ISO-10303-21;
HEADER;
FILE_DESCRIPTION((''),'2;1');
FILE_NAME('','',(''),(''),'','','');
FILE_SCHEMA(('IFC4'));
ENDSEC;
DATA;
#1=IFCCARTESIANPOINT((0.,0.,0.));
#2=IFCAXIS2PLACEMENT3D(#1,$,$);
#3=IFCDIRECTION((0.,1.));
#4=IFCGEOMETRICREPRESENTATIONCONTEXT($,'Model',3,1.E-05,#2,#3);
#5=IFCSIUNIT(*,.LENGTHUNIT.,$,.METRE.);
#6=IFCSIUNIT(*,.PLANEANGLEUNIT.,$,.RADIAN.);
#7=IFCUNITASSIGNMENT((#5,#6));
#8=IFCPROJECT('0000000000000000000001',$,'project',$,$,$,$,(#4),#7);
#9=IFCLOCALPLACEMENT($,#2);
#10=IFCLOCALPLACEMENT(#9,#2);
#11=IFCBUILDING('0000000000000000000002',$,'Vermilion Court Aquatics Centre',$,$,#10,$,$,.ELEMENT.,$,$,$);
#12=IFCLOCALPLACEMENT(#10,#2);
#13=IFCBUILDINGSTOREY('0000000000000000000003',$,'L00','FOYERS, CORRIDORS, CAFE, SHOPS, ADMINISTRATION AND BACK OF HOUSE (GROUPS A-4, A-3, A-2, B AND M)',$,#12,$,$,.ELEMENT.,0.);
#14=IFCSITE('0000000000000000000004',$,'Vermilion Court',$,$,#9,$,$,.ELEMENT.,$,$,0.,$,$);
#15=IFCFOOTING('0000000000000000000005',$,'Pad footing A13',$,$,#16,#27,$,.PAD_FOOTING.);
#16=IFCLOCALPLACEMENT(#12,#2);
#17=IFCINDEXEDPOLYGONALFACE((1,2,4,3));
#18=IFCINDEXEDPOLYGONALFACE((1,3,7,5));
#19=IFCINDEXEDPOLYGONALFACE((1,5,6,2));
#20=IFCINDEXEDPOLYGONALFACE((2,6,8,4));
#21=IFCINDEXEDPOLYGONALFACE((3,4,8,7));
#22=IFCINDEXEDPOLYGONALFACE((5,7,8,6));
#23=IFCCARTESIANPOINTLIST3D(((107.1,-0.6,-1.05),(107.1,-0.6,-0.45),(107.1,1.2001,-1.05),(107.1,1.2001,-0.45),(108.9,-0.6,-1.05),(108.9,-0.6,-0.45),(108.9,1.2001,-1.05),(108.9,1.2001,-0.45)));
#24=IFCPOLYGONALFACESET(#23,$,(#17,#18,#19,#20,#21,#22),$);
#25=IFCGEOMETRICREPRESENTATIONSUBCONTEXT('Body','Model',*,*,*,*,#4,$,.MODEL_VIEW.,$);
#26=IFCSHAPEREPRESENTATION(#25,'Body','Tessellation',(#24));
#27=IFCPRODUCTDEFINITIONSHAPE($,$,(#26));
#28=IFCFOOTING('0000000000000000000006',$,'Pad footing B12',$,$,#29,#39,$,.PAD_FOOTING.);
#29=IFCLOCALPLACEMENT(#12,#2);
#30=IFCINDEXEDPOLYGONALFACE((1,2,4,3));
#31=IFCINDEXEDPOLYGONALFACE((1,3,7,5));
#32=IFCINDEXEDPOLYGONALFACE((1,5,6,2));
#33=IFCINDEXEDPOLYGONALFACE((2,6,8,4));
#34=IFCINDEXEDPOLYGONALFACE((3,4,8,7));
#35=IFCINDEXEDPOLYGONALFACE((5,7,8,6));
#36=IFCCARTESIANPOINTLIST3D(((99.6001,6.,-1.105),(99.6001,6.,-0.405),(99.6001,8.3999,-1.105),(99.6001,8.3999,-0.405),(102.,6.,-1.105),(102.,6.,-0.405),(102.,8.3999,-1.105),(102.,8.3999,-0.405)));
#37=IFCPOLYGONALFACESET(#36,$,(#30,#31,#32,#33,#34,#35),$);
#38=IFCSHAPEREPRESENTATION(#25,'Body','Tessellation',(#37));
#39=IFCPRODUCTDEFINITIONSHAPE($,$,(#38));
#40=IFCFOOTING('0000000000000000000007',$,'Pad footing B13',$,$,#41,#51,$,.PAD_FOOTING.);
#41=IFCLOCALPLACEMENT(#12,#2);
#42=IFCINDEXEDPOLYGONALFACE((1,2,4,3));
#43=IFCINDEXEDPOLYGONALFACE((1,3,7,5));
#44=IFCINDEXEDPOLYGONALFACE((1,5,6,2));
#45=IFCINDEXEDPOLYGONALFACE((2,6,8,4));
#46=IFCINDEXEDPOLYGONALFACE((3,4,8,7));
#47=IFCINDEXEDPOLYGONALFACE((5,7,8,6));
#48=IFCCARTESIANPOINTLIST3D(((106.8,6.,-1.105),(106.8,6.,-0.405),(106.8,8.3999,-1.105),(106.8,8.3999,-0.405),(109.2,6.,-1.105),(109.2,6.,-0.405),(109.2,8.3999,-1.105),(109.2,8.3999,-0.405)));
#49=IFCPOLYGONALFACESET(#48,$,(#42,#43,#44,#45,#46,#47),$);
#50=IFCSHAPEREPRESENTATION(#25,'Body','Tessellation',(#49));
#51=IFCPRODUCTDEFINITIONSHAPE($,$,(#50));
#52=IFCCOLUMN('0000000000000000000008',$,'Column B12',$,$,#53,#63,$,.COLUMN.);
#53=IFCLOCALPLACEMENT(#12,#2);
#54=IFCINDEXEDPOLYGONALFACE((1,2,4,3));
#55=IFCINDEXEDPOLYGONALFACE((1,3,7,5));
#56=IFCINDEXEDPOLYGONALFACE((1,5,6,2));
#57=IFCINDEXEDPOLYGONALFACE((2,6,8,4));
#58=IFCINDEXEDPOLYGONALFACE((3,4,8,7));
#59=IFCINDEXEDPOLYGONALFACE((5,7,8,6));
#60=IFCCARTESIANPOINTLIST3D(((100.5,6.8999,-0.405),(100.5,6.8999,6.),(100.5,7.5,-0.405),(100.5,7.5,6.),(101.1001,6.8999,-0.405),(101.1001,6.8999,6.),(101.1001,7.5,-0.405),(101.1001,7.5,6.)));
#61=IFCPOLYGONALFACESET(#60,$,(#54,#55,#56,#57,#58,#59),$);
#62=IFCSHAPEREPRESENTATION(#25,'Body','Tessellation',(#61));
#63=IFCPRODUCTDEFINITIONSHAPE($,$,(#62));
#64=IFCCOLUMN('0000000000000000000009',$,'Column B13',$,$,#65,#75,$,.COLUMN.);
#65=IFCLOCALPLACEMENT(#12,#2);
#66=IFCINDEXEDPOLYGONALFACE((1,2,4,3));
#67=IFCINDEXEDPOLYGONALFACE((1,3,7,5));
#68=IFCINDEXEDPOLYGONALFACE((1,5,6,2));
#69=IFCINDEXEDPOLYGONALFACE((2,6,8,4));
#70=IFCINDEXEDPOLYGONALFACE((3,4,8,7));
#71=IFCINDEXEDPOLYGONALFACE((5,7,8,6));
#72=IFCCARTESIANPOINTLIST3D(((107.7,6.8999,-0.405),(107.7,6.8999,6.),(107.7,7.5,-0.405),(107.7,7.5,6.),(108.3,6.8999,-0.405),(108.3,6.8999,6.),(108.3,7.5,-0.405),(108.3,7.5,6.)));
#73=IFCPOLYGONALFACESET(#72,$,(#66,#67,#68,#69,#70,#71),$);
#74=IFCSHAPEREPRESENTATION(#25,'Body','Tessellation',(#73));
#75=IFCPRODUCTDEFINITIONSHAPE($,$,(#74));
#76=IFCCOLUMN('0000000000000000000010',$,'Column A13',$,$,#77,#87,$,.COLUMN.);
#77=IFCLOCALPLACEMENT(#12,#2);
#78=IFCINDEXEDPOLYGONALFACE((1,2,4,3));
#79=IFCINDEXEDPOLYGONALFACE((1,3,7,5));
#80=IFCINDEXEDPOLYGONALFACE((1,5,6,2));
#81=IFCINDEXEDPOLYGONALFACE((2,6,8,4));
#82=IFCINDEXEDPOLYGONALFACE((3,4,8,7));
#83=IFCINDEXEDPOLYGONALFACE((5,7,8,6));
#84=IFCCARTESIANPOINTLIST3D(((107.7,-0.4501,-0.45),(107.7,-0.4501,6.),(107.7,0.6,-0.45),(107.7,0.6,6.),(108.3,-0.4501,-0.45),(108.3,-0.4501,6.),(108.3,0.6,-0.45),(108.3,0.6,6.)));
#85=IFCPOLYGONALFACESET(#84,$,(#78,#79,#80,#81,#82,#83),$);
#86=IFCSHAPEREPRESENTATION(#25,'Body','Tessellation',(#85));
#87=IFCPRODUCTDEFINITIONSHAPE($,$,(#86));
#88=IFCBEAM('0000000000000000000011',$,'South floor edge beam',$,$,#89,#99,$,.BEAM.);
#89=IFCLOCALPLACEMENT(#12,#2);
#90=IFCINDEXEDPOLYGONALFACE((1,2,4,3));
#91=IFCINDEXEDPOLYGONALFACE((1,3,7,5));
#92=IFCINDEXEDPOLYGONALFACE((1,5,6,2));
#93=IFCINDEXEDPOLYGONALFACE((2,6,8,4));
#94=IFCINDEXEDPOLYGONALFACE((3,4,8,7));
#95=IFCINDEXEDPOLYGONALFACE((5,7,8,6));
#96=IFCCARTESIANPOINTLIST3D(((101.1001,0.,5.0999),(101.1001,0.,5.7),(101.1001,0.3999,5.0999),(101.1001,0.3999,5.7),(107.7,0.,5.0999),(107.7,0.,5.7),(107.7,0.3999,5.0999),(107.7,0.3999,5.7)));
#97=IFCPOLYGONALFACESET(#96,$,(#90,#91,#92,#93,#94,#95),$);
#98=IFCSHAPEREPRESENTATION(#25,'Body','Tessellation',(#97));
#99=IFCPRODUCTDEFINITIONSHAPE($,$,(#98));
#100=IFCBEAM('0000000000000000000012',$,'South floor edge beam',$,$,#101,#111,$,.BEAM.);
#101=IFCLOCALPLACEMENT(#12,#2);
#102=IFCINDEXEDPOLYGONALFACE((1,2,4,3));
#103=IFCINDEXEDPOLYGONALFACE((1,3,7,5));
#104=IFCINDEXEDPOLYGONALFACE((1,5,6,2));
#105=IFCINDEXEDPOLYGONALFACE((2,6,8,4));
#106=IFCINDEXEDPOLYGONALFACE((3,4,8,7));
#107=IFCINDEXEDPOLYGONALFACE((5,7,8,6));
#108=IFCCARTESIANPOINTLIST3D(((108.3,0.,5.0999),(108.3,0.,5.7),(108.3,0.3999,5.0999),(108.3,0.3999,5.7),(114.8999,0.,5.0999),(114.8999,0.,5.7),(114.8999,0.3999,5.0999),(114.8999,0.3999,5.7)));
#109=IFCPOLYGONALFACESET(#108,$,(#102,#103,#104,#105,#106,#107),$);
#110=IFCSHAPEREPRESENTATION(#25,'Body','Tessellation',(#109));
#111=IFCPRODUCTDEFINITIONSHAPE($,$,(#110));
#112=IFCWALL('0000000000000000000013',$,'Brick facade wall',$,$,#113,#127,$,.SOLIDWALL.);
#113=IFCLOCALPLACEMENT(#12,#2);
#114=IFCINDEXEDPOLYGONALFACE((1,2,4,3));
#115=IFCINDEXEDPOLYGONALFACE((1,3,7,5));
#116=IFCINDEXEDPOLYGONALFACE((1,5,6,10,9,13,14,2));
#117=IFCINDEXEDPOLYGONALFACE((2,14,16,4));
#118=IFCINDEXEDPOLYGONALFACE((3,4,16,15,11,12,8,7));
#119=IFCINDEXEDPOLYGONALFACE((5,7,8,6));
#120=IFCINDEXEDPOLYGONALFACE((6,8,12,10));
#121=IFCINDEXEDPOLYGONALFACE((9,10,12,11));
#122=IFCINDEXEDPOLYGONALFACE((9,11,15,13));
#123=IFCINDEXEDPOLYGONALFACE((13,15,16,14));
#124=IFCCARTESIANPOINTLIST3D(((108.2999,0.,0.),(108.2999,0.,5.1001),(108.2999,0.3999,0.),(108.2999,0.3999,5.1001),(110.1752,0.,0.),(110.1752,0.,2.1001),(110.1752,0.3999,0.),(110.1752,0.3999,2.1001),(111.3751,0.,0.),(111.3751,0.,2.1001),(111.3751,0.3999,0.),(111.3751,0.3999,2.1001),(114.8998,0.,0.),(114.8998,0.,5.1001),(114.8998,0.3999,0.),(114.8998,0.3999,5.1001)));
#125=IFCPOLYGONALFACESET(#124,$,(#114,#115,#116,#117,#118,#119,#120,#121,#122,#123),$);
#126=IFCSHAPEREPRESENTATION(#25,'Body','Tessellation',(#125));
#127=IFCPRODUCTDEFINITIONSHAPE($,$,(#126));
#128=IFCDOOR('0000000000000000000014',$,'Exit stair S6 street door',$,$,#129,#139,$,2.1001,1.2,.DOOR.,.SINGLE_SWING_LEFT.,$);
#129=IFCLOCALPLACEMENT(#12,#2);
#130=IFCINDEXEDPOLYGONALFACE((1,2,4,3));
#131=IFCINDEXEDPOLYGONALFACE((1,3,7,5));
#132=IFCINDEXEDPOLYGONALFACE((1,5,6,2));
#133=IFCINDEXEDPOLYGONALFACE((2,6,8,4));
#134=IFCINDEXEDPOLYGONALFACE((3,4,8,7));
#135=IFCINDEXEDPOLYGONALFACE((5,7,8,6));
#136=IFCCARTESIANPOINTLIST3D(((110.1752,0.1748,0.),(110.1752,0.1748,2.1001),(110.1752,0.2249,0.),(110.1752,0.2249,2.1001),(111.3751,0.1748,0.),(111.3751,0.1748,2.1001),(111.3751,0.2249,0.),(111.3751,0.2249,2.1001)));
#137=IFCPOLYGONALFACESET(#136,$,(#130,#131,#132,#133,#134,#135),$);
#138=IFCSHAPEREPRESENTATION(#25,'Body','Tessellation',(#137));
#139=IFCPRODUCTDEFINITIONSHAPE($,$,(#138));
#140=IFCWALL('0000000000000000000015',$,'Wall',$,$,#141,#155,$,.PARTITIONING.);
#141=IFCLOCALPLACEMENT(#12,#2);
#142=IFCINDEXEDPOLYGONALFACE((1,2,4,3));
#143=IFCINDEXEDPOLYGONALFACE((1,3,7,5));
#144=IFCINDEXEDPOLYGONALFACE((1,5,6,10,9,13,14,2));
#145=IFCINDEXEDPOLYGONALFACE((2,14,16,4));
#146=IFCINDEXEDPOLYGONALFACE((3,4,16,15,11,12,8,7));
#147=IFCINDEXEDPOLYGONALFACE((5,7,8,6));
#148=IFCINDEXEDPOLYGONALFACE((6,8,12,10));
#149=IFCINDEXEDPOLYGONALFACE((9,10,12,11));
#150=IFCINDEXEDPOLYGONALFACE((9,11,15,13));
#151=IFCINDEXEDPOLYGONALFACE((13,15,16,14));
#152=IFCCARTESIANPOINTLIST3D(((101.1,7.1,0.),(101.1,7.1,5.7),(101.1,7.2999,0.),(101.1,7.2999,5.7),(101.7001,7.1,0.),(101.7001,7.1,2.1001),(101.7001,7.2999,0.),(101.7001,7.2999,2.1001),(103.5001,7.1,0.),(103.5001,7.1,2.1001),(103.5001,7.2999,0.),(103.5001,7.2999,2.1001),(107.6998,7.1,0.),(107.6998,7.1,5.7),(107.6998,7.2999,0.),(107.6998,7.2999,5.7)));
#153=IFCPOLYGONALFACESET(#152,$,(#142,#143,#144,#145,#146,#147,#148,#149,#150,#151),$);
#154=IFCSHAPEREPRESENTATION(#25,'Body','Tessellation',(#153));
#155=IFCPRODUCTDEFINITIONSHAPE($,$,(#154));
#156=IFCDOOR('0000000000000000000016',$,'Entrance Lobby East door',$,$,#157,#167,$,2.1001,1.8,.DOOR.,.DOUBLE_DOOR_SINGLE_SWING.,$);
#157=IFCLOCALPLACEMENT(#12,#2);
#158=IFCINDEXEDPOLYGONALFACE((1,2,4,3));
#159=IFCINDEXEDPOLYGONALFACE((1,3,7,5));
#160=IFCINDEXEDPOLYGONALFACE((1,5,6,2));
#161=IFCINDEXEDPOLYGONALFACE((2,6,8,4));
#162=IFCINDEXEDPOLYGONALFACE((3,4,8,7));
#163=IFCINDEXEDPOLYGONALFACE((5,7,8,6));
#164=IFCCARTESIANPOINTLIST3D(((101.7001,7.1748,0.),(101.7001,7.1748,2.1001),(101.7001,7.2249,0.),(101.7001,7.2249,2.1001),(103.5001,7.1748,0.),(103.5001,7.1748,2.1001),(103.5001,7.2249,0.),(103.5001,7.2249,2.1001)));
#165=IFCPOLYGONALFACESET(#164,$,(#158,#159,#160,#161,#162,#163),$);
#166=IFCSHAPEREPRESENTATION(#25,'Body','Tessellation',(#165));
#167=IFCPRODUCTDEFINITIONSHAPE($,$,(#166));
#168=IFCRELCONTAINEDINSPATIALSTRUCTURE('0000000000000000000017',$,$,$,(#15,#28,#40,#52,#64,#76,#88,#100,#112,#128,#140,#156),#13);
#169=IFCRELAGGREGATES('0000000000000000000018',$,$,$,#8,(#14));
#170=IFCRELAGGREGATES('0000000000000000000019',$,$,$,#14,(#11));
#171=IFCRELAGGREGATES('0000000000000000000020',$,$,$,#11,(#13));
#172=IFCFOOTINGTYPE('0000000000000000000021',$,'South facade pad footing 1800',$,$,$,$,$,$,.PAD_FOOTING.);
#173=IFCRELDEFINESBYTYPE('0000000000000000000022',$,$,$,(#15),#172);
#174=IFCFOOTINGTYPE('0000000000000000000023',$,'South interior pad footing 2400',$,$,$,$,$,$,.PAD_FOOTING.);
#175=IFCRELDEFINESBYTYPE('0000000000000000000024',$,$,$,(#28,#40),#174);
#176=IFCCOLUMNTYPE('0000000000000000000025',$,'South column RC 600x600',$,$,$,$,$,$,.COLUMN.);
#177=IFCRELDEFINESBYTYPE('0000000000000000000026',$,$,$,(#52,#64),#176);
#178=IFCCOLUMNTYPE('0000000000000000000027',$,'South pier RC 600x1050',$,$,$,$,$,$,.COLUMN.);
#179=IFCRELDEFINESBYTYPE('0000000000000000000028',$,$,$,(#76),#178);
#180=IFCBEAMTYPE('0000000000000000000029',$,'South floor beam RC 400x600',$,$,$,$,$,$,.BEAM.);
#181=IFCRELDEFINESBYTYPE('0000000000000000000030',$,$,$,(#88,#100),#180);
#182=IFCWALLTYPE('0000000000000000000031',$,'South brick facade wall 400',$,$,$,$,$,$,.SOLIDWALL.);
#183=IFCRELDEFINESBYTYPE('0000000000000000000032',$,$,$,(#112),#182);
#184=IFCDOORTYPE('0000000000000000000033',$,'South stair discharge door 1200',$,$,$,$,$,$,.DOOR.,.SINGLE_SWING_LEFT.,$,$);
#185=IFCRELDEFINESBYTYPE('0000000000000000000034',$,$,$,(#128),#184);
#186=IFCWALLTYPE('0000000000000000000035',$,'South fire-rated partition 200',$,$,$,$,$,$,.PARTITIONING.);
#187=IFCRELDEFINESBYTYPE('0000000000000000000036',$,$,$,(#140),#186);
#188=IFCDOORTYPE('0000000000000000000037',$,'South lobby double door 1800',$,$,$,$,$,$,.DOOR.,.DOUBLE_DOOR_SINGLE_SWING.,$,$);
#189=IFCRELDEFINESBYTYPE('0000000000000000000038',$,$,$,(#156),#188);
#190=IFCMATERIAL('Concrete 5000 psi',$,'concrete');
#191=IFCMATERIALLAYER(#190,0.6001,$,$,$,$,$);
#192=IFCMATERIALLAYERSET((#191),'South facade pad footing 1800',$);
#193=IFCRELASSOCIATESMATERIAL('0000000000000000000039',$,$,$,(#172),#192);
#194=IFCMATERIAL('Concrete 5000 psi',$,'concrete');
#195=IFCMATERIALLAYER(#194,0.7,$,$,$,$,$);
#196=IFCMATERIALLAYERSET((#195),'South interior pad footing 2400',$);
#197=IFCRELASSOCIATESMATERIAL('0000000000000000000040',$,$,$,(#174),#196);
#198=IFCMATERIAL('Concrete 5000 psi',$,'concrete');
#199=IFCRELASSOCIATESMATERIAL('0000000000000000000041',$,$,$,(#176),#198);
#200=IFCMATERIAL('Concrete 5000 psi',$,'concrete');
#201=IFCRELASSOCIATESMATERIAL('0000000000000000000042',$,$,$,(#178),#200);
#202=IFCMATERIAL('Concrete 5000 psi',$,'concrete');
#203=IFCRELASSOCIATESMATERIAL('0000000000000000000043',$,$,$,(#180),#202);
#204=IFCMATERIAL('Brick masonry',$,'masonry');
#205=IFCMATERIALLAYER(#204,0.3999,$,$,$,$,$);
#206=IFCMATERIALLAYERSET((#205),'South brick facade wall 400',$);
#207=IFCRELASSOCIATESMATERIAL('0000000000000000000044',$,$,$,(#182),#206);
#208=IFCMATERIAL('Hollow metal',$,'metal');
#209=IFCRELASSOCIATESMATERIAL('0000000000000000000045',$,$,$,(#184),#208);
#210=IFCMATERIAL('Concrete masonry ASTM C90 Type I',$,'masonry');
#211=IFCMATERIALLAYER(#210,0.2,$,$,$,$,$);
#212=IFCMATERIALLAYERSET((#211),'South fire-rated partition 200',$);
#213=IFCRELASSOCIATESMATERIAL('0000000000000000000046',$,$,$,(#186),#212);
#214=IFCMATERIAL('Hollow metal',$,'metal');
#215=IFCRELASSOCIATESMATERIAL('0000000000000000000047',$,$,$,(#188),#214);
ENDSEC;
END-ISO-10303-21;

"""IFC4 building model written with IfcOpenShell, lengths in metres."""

from ifc_helpers import new_model, si_unit, direction, frame, frame_2d, origin, origin_2d, place, context, subcontext, project, spatial, rectangle, extrude, material, layer, layer_set, material_profile, profile_set, type_object, element, fill, save


model = new_model("IFC4")

# Units and contexts
model_context = context("Model", 3, precision=1e-05, world=origin(), true_north=direction((0.0, 1.0)))
body_context = subcontext(model_context, "Body", "Model", "MODEL_VIEW")
ifc_project = project(units=[si_unit("LENGTHUNIT", "METRE"), si_unit("PLANEANGLEUNIT", "RADIAN")], contexts=[model_context])

# Site, building, storey
site_placement = place(None, origin())
site = spatial("IfcSite", under=ifc_project, at=site_placement, Name="Vermilion Court", CompositionType="ELEMENT", RefElevation=0.0)
building_placement = place(site_placement, origin())
building = spatial("IfcBuilding", under=site, at=building_placement, Name="Vermilion Court Aquatics Centre", CompositionType="ELEMENT")
storey_placement = place(building_placement, origin())
storey = spatial("IfcBuildingStorey", under=building, at=storey_placement, Name="L00", Description="FOYERS, CORRIDORS, CAFE, SHOPS, ADMINISTRATION AND BACK OF HOUSE (GROUPS A-4, A-3, A-2, B AND M)", CompositionType="ELEMENT", Elevation=0.0)

# Footings
ifc_material_1 = material(Name="Concrete 5000 psi", Category="concrete")
ifc_layer_1 = layer(ifc_material_1, 0.6001)
ifc_layer_set_1 = layer_set([ifc_layer_1], Name="South facade pad footing 1800")
footing_type_1 = type_object("IfcFootingType", Name="South facade pad footing 1800", PredefinedType="PAD_FOOTING", material=ifc_layer_set_1)
footing_placement = place(storey_placement, frame((108.0, 0.3, -1.05), z_axis=(0.0, 0.0, 1.0), x_axis=(1.0, 0.0, 0.0)))
element("IfcFooting", 1, at=footing_placement, inside=storey, type_object=footing_type_1, Name="Pad footing A13", PredefinedType="PAD_FOOTING", context=body_context, shape_type="SweptSolid", body=[
    extrude(rectangle(XDim=1.8, YDim=1.8, at=origin_2d()), origin(), (0.0, 0.0, 1.0), 0.6001),
])
ifc_material_2 = material(Name="Concrete 5000 psi", Category="concrete")
ifc_layer_2 = layer(ifc_material_2, 0.7)
ifc_layer_set_2 = layer_set([ifc_layer_2], Name="South interior pad footing 2400")
footing_type_2 = type_object("IfcFootingType", Name="South interior pad footing 2400", PredefinedType="PAD_FOOTING", material=ifc_layer_set_2)
for number, where, z_axis, x_axis, name in (
    (2, (100.8, 7.2, -1.105), (0.0, 0.0, 1.0), (1.0, 0.0, 0.0), "Pad footing B12"),
    (3, (108.0, 7.2, -1.105), (0.0, 0.0, 1.0), (1.0, 0.0, 0.0), "Pad footing B13"),
):
    element("IfcFooting", number, at=place(storey_placement, frame(where, z_axis=z_axis, x_axis=x_axis)), inside=storey, type_object=footing_type_2, Name=name, PredefinedType="PAD_FOOTING", context=body_context, shape_type="SweptSolid", body=[
        extrude(rectangle(XDim=2.3999, YDim=2.3999, at=origin_2d()), origin(), (0.0, 0.0, 1.0), 0.7),
    ])

# Columns
ifc_material_3 = material(Name="Concrete 5000 psi", Category="concrete")
ifc_material_profile_1 = material_profile(ifc_material_3, rectangle(XDim=0.6001, YDim=0.6001, at=origin_2d()), Name="RC 600x600")
ifc_profile_set_1 = profile_set([ifc_material_profile_1], Name="Concrete 5000 psi")
column_type_1 = type_object("IfcColumnType", Name="South column RC 600x600", PredefinedType="COLUMN", material=ifc_profile_set_1)
for number, where, z_axis, x_axis, name in (
    (4, (100.8, 7.2, -0.405), (0.0, 0.0, 1.0), (1.0, 0.0, 0.0), "Column B12"),
    (5, (108.0, 7.2, -0.405), (0.0, 0.0, 1.0), (1.0, 0.0, 0.0), "Column B13"),
):
    element("IfcColumn", number, at=place(storey_placement, frame(where, z_axis=z_axis, x_axis=x_axis)), inside=storey, type_object=column_type_1, Name=name, PredefinedType="COLUMN", context=body_context, shape_type="SweptSolid", body=[
        extrude(rectangle(XDim=0.6001, YDim=0.6001, at=origin_2d()), origin(), (0.0, 0.0, 1.0), 6.405),
    ])
ifc_material_4 = material(Name="Concrete 5000 psi", Category="concrete")
ifc_material_profile_2 = material_profile(ifc_material_4, rectangle(XDim=0.6001, YDim=1.05, at=origin_2d()), Name="RC 600x1050")
ifc_profile_set_2 = profile_set([ifc_material_profile_2], Name="Concrete 5000 psi")
column_type_2 = type_object("IfcColumnType", Name="South pier RC 600x1050", PredefinedType="COLUMN", material=ifc_profile_set_2)
column_placement = place(storey_placement, frame((108.0, 0.075, -0.45), z_axis=(0.0, 0.0, 1.0), x_axis=(1.0, 0.0, 0.0)))
element("IfcColumn", 6, at=column_placement, inside=storey, type_object=column_type_2, Name="Column A13", PredefinedType="COLUMN", context=body_context, shape_type="SweptSolid", body=[
    extrude(rectangle(XDim=0.6001, YDim=1.05, at=origin_2d()), origin(), (0.0, 0.0, 1.0), 6.45),
])

# Beams
ifc_material_5 = material(Name="Concrete 5000 psi", Category="concrete")
ifc_material_profile_3 = material_profile(ifc_material_5, rectangle(XDim=0.3999, YDim=0.6001, at=origin_2d()), Name="RC 400x600")
ifc_profile_set_3 = profile_set([ifc_material_profile_3], Name="Concrete 5000 psi")
beam_type = type_object("IfcBeamType", Name="South floor beam RC 400x600", PredefinedType="BEAM", material=ifc_profile_set_3)
for number, where, z_axis, x_axis, name in (
    (7, (101.1001, 0.2, 5.3999), (1.0, 0.0, 0.0), (0.0, 1.0, 0.0), "South floor edge beam"),
    (8, (108.3, 0.2, 5.3999), (1.0, 0.0, 0.0), (0.0, 1.0, 0.0), "South floor edge beam"),
):
    element("IfcBeam", number, at=place(storey_placement, frame(where, z_axis=z_axis, x_axis=x_axis)), inside=storey, type_object=beam_type, Name=name, PredefinedType="BEAM", context=body_context, shape_type="SweptSolid", body=[
        extrude(rectangle(XDim=0.3999, YDim=0.6001, at=origin_2d()), origin(), (0.0, 0.0, 1.0), 6.5999),
    ])

# Shared definitions
ifc_material_6 = material(Name="Brick masonry", Category="masonry")
ifc_layer_3 = layer(ifc_material_6, 0.3999)
ifc_layer_set_3 = layer_set([ifc_layer_3], Name="South brick facade wall 400")
wall_type_1 = type_object("IfcWallType", Name="South brick facade wall 400", PredefinedType="SOLIDWALL", material=ifc_layer_set_3)

# Walls, openings, doors
wall_1_placement = place(storey_placement, frame((108.3, 0.2, 0.0), z_axis=(0.0, 0.0, 1.0), x_axis=(1.0, 0.0, 0.0)))
wall_1 = element("IfcWall", 9, at=wall_1_placement, inside=storey, type_object=wall_type_1, Name="Brick facade wall", PredefinedType="SOLIDWALL", context=body_context, shape_type="SweptSolid", body=[
    extrude(rectangle(XDim=6.5999, YDim=0.3999, at=frame_2d((3.2998, 0.0))), origin(), (0.0, 0.0, 1.0), 5.1001),
])
opening_1_placement = place(wall_1_placement, frame((1.875, 0.0, 0.0)))
opening_1 = element("IfcOpeningElement", 10, at=opening_1_placement, cuts=wall_1, PredefinedType="OPENING", context=body_context, shape_type="SweptSolid", body=[
    extrude(rectangle(XDim=1.2, YDim=2.1001, at=frame_2d((0.6001, 1.05))), frame((0.0, 0.21, 0.0), z_axis=(0.0, -1.0, 0.0), x_axis=(1.0, 0.0, 0.0)), (0.0, 0.0, 1.0), 0.4199),
])
ifc_material_7 = material(Name="Hollow metal", Category="metal")
door_type_1 = type_object("IfcDoorType", Name="South stair discharge door 1200", OperationType="SINGLE_SWING_LEFT", PredefinedType="DOOR", material=ifc_material_7)
door_1_placement = place(opening_1_placement, frame((1.2, 0.0, 0.0), z_axis=(0.0, 0.0, 1.0), x_axis=(-1.0, 0.0, 0.0)))
door_1 = element("IfcDoor", 11, at=door_1_placement, inside=storey, type_object=door_type_1, Name="Exit stair S6 street door", OperationType="SINGLE_SWING_LEFT", OverallHeight=2.1001, OverallWidth=1.2, PredefinedType="DOOR", context=body_context, shape_type="SweptSolid", body=[
    extrude(rectangle(XDim=1.2, YDim=2.1001, at=frame_2d((0.5999, 1.05))), frame((0.0, 0.0251, 0.0), z_axis=(0.0, -1.0, 0.0), x_axis=(1.0, 0.0, 0.0)), (0.0, 0.0, 1.0), 0.05),
])
fill(opening_1, door_1)
ifc_material_8 = material(Name="Concrete masonry ASTM C90 Type I", Category="masonry")
ifc_layer_4 = layer(ifc_material_8, 0.2)
ifc_layer_set_4 = layer_set([ifc_layer_4], Name="South fire-rated partition 200")
wall_type_2 = type_object("IfcWallType", Name="South fire-rated partition 200", PredefinedType="PARTITIONING", material=ifc_layer_set_4)
wall_2_placement = place(storey_placement, frame((101.1001, 7.2, 0.0), z_axis=(0.0, 0.0, 1.0), x_axis=(1.0, 0.0, 0.0)))
wall_2 = element("IfcWall", 12, at=wall_2_placement, inside=storey, type_object=wall_type_2, Name="Wall", PredefinedType="PARTITIONING", context=body_context, shape_type="SweptSolid", body=[
    extrude(rectangle(XDim=6.5999, YDim=0.2, at=frame_2d((3.2998, 0.0))), origin(), (0.0, 0.0, 1.0), 5.7),
])
opening_2_placement = place(wall_2_placement, frame((0.6001, 0.0, 0.0)))
opening_2 = element("IfcOpeningElement", 13, at=opening_2_placement, cuts=wall_2, PredefinedType="OPENING", context=body_context, shape_type="SweptSolid", body=[
    extrude(rectangle(XDim=1.8, YDim=2.1001, at=frame_2d((0.8999, 1.05))), frame((0.0, 0.1099, 0.0), z_axis=(0.0, -1.0, 0.0), x_axis=(1.0, 0.0, 0.0)), (0.0, 0.0, 1.0), 0.22),
])
ifc_material_9 = material(Name="Hollow metal", Category="metal")
door_type_2 = type_object("IfcDoorType", Name="South lobby double door 1800", OperationType="DOUBLE_DOOR_SINGLE_SWING", PredefinedType="DOOR", material=ifc_material_9)
door_2_placement = place(opening_2_placement, origin())
door_2 = element("IfcDoor", 14, at=door_2_placement, inside=storey, type_object=door_type_2, Name="Entrance Lobby East door", OperationType="DOUBLE_DOOR_SINGLE_SWING", OverallHeight=2.1001, OverallWidth=1.8, PredefinedType="DOOR", context=body_context, shape_type="SweptSolid", body=[
    extrude(rectangle(XDim=1.8, YDim=2.1001, at=frame_2d((0.8999, 1.05))), frame((0.0, 0.0249, 0.0), z_axis=(0.0, -1.0, 0.0), x_axis=(1.0, 0.0, 0.0)), (0.0, 0.0, 1.0), 0.05),
])
fill(opening_2, door_2)

save(model, "model.ifc")
